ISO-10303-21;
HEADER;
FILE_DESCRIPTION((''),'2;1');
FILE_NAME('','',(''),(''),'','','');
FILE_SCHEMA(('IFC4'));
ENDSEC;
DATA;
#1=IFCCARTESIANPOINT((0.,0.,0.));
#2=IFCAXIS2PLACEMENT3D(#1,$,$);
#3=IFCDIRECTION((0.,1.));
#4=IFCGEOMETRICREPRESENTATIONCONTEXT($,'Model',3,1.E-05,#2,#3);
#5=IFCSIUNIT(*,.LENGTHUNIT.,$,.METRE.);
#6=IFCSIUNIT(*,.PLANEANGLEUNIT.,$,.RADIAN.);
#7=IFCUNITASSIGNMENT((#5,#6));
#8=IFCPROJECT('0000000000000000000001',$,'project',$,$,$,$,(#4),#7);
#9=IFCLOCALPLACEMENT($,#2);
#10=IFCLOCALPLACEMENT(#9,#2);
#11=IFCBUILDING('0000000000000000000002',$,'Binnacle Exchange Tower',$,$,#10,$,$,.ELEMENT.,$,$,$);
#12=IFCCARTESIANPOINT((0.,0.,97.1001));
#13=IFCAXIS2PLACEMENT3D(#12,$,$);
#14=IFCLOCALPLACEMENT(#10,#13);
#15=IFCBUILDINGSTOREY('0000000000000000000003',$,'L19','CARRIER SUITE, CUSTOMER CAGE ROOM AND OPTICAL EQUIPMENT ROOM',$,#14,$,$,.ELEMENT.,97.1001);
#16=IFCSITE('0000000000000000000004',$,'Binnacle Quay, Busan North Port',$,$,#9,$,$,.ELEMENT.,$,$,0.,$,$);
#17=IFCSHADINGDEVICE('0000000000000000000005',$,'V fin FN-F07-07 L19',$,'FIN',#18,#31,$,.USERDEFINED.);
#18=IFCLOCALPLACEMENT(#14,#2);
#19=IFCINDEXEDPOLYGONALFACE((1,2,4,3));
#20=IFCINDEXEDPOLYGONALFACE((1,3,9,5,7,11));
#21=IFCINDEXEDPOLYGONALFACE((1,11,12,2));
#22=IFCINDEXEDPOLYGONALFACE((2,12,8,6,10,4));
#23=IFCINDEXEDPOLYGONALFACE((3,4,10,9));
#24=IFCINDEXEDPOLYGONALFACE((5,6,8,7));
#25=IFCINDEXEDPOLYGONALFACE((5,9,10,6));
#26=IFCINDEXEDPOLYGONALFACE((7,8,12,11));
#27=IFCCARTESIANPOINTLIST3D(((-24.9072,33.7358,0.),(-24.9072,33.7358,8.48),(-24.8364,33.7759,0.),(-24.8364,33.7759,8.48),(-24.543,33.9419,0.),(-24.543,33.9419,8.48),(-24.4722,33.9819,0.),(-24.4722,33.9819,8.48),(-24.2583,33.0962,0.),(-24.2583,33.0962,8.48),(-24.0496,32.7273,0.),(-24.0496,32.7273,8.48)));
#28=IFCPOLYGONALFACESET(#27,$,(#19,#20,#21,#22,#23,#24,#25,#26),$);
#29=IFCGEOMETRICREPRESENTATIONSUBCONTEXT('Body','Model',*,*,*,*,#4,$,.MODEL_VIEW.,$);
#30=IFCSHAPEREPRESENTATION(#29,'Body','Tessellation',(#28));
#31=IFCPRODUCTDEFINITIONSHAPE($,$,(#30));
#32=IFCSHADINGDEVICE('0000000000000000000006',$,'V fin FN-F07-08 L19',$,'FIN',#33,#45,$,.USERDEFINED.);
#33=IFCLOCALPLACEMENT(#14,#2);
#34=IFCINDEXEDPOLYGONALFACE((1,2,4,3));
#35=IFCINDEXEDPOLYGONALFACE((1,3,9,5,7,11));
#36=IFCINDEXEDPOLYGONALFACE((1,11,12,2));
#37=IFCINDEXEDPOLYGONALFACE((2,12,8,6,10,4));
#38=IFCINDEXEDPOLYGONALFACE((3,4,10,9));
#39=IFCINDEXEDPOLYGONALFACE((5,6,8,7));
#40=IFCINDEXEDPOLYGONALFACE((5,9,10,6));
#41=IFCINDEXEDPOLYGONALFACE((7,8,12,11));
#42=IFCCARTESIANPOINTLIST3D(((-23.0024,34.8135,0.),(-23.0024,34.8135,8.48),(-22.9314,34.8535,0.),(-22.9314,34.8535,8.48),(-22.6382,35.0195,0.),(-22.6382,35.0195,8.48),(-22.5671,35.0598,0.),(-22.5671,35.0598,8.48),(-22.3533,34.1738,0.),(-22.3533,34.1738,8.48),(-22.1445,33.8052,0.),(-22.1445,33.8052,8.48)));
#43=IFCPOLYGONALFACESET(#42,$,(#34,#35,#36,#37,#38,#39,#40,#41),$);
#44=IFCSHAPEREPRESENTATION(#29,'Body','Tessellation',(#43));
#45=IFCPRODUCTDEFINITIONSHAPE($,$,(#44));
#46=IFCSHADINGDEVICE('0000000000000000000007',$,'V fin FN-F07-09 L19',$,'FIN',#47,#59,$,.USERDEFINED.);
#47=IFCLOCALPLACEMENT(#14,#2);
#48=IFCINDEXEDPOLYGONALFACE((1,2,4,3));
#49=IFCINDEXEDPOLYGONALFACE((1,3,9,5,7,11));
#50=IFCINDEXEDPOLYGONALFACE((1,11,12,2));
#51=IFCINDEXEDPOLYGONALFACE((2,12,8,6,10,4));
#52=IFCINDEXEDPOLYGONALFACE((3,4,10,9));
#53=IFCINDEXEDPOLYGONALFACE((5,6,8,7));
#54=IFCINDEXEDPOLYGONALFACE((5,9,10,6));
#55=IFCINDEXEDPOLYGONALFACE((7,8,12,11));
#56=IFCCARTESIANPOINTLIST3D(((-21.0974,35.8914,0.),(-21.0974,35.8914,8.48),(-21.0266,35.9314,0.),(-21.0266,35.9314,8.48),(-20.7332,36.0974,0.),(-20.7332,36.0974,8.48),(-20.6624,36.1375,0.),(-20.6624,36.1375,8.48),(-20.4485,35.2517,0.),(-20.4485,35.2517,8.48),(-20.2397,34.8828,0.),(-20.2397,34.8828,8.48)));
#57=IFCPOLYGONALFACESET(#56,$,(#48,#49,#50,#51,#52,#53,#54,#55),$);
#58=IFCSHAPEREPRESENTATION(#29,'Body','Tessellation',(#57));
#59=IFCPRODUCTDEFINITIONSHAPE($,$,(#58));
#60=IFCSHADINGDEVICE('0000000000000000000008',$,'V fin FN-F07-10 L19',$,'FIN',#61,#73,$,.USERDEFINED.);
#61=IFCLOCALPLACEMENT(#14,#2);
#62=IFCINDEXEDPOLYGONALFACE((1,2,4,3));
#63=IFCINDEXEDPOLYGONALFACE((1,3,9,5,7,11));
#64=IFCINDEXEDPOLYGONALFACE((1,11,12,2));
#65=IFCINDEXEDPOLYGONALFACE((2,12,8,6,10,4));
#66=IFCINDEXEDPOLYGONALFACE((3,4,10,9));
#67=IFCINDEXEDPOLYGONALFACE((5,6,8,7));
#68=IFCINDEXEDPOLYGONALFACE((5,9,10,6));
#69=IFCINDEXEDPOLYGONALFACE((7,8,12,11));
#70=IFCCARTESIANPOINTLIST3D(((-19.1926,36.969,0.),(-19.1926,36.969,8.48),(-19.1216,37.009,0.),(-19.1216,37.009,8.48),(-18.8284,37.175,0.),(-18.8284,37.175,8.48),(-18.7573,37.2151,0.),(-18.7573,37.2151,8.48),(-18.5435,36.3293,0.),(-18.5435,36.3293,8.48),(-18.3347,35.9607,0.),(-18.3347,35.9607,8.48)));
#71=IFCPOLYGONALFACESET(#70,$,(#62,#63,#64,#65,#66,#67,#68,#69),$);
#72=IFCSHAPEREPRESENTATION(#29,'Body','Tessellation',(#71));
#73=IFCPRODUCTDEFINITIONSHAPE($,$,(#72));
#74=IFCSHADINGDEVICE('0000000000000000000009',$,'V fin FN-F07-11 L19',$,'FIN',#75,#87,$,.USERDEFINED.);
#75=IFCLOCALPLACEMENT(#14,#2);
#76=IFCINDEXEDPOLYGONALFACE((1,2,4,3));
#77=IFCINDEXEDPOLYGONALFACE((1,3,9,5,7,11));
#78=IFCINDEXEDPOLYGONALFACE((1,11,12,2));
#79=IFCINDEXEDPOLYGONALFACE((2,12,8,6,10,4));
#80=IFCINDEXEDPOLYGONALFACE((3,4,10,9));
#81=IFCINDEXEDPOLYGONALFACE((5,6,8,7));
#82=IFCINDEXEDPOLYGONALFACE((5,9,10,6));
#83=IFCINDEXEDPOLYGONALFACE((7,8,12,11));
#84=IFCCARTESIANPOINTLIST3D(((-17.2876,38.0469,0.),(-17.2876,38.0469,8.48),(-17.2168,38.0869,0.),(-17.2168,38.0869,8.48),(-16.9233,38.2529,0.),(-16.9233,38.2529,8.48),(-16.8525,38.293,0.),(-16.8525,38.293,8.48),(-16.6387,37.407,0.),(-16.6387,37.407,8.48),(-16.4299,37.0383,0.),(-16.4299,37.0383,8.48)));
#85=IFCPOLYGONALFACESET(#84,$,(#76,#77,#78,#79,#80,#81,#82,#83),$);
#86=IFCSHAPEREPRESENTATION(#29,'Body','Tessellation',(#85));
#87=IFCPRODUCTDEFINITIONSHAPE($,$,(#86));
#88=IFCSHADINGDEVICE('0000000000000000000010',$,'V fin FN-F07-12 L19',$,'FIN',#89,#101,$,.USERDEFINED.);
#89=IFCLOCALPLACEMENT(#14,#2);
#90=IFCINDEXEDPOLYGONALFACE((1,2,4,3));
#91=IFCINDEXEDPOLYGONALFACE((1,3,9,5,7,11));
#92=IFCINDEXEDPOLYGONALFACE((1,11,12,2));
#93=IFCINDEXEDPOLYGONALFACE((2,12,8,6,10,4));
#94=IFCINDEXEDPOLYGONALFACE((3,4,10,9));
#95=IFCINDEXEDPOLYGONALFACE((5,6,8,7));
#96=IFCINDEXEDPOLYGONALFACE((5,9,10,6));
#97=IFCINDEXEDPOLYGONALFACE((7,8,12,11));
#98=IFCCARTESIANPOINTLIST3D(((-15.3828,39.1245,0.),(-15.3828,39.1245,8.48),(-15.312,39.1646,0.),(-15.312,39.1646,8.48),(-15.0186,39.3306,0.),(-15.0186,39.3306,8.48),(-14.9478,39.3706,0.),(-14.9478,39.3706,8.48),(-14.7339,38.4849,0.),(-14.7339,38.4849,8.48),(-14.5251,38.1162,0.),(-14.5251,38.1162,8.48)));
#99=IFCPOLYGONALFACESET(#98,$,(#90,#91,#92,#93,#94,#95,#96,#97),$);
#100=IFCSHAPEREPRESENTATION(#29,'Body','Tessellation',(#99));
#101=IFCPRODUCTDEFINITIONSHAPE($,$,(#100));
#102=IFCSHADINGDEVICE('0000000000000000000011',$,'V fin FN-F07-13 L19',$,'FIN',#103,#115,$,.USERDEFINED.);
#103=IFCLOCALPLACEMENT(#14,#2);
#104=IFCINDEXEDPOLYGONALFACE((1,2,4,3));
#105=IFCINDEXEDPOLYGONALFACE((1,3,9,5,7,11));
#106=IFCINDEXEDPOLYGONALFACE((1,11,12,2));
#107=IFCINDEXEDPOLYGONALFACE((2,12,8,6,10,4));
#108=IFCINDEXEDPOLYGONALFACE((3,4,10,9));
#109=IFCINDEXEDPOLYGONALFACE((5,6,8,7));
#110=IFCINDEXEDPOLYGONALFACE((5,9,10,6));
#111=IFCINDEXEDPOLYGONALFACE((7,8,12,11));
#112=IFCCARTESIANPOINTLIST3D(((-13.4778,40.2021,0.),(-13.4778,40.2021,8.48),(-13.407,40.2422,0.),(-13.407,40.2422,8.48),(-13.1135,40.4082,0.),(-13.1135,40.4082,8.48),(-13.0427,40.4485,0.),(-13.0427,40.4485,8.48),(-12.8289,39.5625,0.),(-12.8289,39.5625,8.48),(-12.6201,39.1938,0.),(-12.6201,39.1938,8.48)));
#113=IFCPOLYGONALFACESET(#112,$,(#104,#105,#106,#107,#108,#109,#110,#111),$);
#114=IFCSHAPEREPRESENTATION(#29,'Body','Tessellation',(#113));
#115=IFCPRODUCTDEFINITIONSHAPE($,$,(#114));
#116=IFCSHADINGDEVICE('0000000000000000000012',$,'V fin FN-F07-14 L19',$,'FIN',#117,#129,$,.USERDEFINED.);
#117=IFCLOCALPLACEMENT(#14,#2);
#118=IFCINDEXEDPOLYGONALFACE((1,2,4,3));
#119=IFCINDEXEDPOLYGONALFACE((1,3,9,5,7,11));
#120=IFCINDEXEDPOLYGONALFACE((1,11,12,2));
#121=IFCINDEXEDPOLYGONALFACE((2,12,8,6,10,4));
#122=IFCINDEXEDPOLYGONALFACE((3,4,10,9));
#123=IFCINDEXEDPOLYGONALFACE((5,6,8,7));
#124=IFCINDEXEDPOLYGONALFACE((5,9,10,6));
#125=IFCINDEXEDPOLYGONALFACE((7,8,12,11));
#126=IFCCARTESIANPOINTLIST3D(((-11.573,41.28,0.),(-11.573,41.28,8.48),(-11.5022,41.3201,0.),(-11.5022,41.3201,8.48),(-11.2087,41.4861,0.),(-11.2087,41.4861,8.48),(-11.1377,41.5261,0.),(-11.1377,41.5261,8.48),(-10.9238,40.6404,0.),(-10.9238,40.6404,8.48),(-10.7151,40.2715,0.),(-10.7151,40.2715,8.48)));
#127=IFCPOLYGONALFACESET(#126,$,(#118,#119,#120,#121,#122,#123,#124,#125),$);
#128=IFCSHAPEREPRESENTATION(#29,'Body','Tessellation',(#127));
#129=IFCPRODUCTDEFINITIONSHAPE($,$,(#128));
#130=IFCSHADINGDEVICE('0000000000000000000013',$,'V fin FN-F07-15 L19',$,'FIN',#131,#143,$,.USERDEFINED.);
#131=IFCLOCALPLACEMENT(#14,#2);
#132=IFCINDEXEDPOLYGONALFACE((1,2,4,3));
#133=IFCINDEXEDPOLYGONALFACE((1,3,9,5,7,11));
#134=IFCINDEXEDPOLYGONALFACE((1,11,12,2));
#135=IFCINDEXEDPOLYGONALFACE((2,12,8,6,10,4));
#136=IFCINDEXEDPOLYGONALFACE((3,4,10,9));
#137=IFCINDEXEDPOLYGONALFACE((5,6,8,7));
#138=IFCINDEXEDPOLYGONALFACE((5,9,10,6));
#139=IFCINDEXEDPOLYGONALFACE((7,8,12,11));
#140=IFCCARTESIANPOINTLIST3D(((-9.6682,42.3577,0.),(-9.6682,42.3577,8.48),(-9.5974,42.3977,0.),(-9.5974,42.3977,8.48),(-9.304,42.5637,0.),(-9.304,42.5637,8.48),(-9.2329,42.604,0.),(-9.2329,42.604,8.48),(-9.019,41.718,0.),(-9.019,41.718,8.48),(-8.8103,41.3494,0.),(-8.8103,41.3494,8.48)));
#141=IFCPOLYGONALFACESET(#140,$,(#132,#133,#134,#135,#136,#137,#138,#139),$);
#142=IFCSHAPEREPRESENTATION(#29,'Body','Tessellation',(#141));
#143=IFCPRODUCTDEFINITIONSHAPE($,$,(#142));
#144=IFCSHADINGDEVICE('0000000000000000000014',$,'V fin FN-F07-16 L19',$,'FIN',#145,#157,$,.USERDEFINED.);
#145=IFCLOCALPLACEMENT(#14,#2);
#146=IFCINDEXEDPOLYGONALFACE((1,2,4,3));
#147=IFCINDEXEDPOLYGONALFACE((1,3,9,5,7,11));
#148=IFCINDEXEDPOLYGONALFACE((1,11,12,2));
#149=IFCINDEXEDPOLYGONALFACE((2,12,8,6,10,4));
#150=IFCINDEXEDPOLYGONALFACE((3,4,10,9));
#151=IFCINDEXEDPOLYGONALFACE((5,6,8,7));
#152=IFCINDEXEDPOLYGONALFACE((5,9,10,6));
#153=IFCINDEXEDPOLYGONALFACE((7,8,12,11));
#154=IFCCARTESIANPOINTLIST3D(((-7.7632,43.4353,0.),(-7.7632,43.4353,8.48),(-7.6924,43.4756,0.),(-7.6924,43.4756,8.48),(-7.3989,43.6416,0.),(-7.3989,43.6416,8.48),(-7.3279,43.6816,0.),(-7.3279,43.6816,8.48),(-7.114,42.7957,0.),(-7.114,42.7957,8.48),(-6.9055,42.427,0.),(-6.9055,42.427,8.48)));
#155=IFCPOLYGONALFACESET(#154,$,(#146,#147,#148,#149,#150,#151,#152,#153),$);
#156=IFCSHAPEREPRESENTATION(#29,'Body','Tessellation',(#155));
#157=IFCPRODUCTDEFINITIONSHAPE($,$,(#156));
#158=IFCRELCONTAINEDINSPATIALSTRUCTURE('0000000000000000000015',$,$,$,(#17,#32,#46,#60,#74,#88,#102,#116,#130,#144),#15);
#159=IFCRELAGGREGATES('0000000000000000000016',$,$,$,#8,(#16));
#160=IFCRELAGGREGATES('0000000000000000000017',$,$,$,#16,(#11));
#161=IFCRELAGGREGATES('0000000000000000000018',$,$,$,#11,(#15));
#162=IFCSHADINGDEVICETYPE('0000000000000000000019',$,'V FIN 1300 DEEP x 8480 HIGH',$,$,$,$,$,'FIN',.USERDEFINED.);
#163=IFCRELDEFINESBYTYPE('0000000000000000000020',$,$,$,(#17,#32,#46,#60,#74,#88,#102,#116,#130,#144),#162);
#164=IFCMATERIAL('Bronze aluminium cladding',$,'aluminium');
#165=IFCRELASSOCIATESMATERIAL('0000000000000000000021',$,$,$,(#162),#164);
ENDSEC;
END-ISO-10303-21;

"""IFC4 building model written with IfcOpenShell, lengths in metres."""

from ifc_helpers import new_model, si_unit, direction, frame, origin, place, context, subcontext, project, spatial, polyline, outline, extrude, material, type_object, element, save


model = new_model("IFC4")

# Units and contexts
model_context = context("Model", 3, precision=1e-05, world=origin(), true_north=direction((0.0, 1.0)))
body_context = subcontext(model_context, "Body", "Model", "MODEL_VIEW")
ifc_project = project(units=[si_unit("LENGTHUNIT", "METRE"), si_unit("PLANEANGLEUNIT", "RADIAN")], contexts=[model_context])

# Site, building, storey
site_placement = place(None, origin())
site = spatial("IfcSite", under=ifc_project, at=site_placement, Name="Binnacle Quay, Busan North Port", CompositionType="ELEMENT", RefElevation=0.0)
building_placement = place(site_placement, origin())
building = spatial("IfcBuilding", under=site, at=building_placement, Name="Binnacle Exchange Tower", CompositionType="ELEMENT")
storey_placement = place(building_placement, frame((0.0, 0.0, 97.1001)))
storey = spatial("IfcBuildingStorey", under=building, at=storey_placement, Name="L19", Description="CARRIER SUITE, CUSTOMER CAGE ROOM AND OPTICAL EQUIPMENT ROOM", CompositionType="ELEMENT", Elevation=97.1001)

# Shading devices
ifc_material = material(Name="Bronze aluminium cladding", Category="aluminium")
shading_device_type = type_object("IfcShadingDeviceType", Name="V FIN 1300 DEEP x 8480 HIGH", ElementType="FIN", PredefinedType="USERDEFINED", material=ifc_material)
shading_device_1_placement = place(storey_placement, origin())
element("IfcShadingDevice", 1, at=shading_device_1_placement, inside=storey, type_object=shading_device_type, Name="V fin FN-F07-07 L19", ObjectType="FIN", PredefinedType="USERDEFINED", context=body_context, shape_type="SweptSolid", body=[
    extrude(outline(polyline([(-24.9072, 33.7358), (-24.0496, 32.7273), (-24.4722, 33.9819), (-24.543, 33.9419), (-24.2583, 33.0962), (-24.8364, 33.7759), (-24.9072, 33.7358)])), origin(), (0.0, 0.0, 1.0), 8.48),
])
shading_device_2_placement = place(storey_placement, origin())
element("IfcShadingDevice", 2, at=shading_device_2_placement, inside=storey, type_object=shading_device_type, Name="V fin FN-F07-08 L19", ObjectType="FIN", PredefinedType="USERDEFINED", context=body_context, shape_type="SweptSolid", body=[
    extrude(outline(polyline([(-23.0024, 34.8135), (-22.1445, 33.8052), (-22.5671, 35.0598), (-22.6382, 35.0195), (-22.3533, 34.1738), (-22.9314, 34.8535), (-23.0024, 34.8135)])), origin(), (0.0, 0.0, 1.0), 8.48),
])
shading_device_3_placement = place(storey_placement, origin())
element("IfcShadingDevice", 3, at=shading_device_3_placement, inside=storey, type_object=shading_device_type, Name="V fin FN-F07-09 L19", ObjectType="FIN", PredefinedType="USERDEFINED", context=body_context, shape_type="SweptSolid", body=[
    extrude(outline(polyline([(-21.0974, 35.8914), (-20.2397, 34.8828), (-20.6624, 36.1375), (-20.7332, 36.0974), (-20.4485, 35.2517), (-21.0266, 35.9314), (-21.0974, 35.8914)])), origin(), (0.0, 0.0, 1.0), 8.48),
])
shading_device_4_placement = place(storey_placement, origin())
element("IfcShadingDevice", 4, at=shading_device_4_placement, inside=storey, type_object=shading_device_type, Name="V fin FN-F07-10 L19", ObjectType="FIN", PredefinedType="USERDEFINED", context=body_context, shape_type="SweptSolid", body=[
    extrude(outline(polyline([(-19.1926, 36.969), (-18.3347, 35.9607), (-18.7573, 37.2151), (-18.8284, 37.175), (-18.5435, 36.3293), (-19.1216, 37.009), (-19.1926, 36.969)])), origin(), (0.0, 0.0, 1.0), 8.48),
])
shading_device_5_placement = place(storey_placement, origin())
element("IfcShadingDevice", 5, at=shading_device_5_placement, inside=storey, type_object=shading_device_type, Name="V fin FN-F07-11 L19", ObjectType="FIN", PredefinedType="USERDEFINED", context=body_context, shape_type="SweptSolid", body=[
    extrude(outline(polyline([(-17.2876, 38.0469), (-16.4299, 37.0383), (-16.8525, 38.293), (-16.9233, 38.2529), (-16.6387, 37.407), (-17.2168, 38.0869), (-17.2876, 38.0469)])), origin(), (0.0, 0.0, 1.0), 8.48),
])
shading_device_6_placement = place(storey_placement, origin())
element("IfcShadingDevice", 6, at=shading_device_6_placement, inside=storey, type_object=shading_device_type, Name="V fin FN-F07-12 L19", ObjectType="FIN", PredefinedType="USERDEFINED", context=body_context, shape_type="SweptSolid", body=[
    extrude(outline(polyline([(-15.3828, 39.1245), (-14.5251, 38.1162), (-14.9478, 39.3706), (-15.0186, 39.3306), (-14.7339, 38.4849), (-15.312, 39.1646), (-15.3828, 39.1245)])), origin(), (0.0, 0.0, 1.0), 8.48),
])
shading_device_7_placement = place(storey_placement, origin())
element("IfcShadingDevice", 7, at=shading_device_7_placement, inside=storey, type_object=shading_device_type, Name="V fin FN-F07-13 L19", ObjectType="FIN", PredefinedType="USERDEFINED", context=body_context, shape_type="SweptSolid", body=[
    extrude(outline(polyline([(-13.4778, 40.2021), (-12.6201, 39.1938), (-13.0427, 40.4485), (-13.1135, 40.4082), (-12.8289, 39.5625), (-13.407, 40.2422), (-13.4778, 40.2021)])), origin(), (0.0, 0.0, 1.0), 8.48),
])
shading_device_8_placement = place(storey_placement, origin())
element("IfcShadingDevice", 8, at=shading_device_8_placement, inside=storey, type_object=shading_device_type, Name="V fin FN-F07-14 L19", ObjectType="FIN", PredefinedType="USERDEFINED", context=body_context, shape_type="SweptSolid", body=[
    extrude(outline(polyline([(-11.573, 41.28), (-10.7151, 40.2715), (-11.1377, 41.5261), (-11.2087, 41.4861), (-10.9238, 40.6404), (-11.5022, 41.3201), (-11.573, 41.28)])), origin(), (0.0, 0.0, 1.0), 8.48),
])
shading_device_9_placement = place(storey_placement, origin())
element("IfcShadingDevice", 9, at=shading_device_9_placement, inside=storey, type_object=shading_device_type, Name="V fin FN-F07-15 L19", ObjectType="FIN", PredefinedType="USERDEFINED", context=body_context, shape_type="SweptSolid", body=[
    extrude(outline(polyline([(-9.6682, 42.3577), (-8.8103, 41.3494), (-9.2329, 42.604), (-9.304, 42.5637), (-9.019, 41.718), (-9.5974, 42.3977), (-9.6682, 42.3577)])), origin(), (0.0, 0.0, 1.0), 8.48),
])
shading_device_10_placement = place(storey_placement, origin())
element("IfcShadingDevice", 10, at=shading_device_10_placement, inside=storey, type_object=shading_device_type, Name="V fin FN-F07-16 L19", ObjectType="FIN", PredefinedType="USERDEFINED", context=body_context, shape_type="SweptSolid", body=[
    extrude(outline(polyline([(-7.7632, 43.4353), (-6.9055, 42.427), (-7.3279, 43.6816), (-7.3989, 43.6416), (-7.114, 42.7957), (-7.6924, 43.4756), (-7.7632, 43.4353)])), origin(), (0.0, 0.0, 1.0), 8.48),
])

save(model, "model.ifc")
